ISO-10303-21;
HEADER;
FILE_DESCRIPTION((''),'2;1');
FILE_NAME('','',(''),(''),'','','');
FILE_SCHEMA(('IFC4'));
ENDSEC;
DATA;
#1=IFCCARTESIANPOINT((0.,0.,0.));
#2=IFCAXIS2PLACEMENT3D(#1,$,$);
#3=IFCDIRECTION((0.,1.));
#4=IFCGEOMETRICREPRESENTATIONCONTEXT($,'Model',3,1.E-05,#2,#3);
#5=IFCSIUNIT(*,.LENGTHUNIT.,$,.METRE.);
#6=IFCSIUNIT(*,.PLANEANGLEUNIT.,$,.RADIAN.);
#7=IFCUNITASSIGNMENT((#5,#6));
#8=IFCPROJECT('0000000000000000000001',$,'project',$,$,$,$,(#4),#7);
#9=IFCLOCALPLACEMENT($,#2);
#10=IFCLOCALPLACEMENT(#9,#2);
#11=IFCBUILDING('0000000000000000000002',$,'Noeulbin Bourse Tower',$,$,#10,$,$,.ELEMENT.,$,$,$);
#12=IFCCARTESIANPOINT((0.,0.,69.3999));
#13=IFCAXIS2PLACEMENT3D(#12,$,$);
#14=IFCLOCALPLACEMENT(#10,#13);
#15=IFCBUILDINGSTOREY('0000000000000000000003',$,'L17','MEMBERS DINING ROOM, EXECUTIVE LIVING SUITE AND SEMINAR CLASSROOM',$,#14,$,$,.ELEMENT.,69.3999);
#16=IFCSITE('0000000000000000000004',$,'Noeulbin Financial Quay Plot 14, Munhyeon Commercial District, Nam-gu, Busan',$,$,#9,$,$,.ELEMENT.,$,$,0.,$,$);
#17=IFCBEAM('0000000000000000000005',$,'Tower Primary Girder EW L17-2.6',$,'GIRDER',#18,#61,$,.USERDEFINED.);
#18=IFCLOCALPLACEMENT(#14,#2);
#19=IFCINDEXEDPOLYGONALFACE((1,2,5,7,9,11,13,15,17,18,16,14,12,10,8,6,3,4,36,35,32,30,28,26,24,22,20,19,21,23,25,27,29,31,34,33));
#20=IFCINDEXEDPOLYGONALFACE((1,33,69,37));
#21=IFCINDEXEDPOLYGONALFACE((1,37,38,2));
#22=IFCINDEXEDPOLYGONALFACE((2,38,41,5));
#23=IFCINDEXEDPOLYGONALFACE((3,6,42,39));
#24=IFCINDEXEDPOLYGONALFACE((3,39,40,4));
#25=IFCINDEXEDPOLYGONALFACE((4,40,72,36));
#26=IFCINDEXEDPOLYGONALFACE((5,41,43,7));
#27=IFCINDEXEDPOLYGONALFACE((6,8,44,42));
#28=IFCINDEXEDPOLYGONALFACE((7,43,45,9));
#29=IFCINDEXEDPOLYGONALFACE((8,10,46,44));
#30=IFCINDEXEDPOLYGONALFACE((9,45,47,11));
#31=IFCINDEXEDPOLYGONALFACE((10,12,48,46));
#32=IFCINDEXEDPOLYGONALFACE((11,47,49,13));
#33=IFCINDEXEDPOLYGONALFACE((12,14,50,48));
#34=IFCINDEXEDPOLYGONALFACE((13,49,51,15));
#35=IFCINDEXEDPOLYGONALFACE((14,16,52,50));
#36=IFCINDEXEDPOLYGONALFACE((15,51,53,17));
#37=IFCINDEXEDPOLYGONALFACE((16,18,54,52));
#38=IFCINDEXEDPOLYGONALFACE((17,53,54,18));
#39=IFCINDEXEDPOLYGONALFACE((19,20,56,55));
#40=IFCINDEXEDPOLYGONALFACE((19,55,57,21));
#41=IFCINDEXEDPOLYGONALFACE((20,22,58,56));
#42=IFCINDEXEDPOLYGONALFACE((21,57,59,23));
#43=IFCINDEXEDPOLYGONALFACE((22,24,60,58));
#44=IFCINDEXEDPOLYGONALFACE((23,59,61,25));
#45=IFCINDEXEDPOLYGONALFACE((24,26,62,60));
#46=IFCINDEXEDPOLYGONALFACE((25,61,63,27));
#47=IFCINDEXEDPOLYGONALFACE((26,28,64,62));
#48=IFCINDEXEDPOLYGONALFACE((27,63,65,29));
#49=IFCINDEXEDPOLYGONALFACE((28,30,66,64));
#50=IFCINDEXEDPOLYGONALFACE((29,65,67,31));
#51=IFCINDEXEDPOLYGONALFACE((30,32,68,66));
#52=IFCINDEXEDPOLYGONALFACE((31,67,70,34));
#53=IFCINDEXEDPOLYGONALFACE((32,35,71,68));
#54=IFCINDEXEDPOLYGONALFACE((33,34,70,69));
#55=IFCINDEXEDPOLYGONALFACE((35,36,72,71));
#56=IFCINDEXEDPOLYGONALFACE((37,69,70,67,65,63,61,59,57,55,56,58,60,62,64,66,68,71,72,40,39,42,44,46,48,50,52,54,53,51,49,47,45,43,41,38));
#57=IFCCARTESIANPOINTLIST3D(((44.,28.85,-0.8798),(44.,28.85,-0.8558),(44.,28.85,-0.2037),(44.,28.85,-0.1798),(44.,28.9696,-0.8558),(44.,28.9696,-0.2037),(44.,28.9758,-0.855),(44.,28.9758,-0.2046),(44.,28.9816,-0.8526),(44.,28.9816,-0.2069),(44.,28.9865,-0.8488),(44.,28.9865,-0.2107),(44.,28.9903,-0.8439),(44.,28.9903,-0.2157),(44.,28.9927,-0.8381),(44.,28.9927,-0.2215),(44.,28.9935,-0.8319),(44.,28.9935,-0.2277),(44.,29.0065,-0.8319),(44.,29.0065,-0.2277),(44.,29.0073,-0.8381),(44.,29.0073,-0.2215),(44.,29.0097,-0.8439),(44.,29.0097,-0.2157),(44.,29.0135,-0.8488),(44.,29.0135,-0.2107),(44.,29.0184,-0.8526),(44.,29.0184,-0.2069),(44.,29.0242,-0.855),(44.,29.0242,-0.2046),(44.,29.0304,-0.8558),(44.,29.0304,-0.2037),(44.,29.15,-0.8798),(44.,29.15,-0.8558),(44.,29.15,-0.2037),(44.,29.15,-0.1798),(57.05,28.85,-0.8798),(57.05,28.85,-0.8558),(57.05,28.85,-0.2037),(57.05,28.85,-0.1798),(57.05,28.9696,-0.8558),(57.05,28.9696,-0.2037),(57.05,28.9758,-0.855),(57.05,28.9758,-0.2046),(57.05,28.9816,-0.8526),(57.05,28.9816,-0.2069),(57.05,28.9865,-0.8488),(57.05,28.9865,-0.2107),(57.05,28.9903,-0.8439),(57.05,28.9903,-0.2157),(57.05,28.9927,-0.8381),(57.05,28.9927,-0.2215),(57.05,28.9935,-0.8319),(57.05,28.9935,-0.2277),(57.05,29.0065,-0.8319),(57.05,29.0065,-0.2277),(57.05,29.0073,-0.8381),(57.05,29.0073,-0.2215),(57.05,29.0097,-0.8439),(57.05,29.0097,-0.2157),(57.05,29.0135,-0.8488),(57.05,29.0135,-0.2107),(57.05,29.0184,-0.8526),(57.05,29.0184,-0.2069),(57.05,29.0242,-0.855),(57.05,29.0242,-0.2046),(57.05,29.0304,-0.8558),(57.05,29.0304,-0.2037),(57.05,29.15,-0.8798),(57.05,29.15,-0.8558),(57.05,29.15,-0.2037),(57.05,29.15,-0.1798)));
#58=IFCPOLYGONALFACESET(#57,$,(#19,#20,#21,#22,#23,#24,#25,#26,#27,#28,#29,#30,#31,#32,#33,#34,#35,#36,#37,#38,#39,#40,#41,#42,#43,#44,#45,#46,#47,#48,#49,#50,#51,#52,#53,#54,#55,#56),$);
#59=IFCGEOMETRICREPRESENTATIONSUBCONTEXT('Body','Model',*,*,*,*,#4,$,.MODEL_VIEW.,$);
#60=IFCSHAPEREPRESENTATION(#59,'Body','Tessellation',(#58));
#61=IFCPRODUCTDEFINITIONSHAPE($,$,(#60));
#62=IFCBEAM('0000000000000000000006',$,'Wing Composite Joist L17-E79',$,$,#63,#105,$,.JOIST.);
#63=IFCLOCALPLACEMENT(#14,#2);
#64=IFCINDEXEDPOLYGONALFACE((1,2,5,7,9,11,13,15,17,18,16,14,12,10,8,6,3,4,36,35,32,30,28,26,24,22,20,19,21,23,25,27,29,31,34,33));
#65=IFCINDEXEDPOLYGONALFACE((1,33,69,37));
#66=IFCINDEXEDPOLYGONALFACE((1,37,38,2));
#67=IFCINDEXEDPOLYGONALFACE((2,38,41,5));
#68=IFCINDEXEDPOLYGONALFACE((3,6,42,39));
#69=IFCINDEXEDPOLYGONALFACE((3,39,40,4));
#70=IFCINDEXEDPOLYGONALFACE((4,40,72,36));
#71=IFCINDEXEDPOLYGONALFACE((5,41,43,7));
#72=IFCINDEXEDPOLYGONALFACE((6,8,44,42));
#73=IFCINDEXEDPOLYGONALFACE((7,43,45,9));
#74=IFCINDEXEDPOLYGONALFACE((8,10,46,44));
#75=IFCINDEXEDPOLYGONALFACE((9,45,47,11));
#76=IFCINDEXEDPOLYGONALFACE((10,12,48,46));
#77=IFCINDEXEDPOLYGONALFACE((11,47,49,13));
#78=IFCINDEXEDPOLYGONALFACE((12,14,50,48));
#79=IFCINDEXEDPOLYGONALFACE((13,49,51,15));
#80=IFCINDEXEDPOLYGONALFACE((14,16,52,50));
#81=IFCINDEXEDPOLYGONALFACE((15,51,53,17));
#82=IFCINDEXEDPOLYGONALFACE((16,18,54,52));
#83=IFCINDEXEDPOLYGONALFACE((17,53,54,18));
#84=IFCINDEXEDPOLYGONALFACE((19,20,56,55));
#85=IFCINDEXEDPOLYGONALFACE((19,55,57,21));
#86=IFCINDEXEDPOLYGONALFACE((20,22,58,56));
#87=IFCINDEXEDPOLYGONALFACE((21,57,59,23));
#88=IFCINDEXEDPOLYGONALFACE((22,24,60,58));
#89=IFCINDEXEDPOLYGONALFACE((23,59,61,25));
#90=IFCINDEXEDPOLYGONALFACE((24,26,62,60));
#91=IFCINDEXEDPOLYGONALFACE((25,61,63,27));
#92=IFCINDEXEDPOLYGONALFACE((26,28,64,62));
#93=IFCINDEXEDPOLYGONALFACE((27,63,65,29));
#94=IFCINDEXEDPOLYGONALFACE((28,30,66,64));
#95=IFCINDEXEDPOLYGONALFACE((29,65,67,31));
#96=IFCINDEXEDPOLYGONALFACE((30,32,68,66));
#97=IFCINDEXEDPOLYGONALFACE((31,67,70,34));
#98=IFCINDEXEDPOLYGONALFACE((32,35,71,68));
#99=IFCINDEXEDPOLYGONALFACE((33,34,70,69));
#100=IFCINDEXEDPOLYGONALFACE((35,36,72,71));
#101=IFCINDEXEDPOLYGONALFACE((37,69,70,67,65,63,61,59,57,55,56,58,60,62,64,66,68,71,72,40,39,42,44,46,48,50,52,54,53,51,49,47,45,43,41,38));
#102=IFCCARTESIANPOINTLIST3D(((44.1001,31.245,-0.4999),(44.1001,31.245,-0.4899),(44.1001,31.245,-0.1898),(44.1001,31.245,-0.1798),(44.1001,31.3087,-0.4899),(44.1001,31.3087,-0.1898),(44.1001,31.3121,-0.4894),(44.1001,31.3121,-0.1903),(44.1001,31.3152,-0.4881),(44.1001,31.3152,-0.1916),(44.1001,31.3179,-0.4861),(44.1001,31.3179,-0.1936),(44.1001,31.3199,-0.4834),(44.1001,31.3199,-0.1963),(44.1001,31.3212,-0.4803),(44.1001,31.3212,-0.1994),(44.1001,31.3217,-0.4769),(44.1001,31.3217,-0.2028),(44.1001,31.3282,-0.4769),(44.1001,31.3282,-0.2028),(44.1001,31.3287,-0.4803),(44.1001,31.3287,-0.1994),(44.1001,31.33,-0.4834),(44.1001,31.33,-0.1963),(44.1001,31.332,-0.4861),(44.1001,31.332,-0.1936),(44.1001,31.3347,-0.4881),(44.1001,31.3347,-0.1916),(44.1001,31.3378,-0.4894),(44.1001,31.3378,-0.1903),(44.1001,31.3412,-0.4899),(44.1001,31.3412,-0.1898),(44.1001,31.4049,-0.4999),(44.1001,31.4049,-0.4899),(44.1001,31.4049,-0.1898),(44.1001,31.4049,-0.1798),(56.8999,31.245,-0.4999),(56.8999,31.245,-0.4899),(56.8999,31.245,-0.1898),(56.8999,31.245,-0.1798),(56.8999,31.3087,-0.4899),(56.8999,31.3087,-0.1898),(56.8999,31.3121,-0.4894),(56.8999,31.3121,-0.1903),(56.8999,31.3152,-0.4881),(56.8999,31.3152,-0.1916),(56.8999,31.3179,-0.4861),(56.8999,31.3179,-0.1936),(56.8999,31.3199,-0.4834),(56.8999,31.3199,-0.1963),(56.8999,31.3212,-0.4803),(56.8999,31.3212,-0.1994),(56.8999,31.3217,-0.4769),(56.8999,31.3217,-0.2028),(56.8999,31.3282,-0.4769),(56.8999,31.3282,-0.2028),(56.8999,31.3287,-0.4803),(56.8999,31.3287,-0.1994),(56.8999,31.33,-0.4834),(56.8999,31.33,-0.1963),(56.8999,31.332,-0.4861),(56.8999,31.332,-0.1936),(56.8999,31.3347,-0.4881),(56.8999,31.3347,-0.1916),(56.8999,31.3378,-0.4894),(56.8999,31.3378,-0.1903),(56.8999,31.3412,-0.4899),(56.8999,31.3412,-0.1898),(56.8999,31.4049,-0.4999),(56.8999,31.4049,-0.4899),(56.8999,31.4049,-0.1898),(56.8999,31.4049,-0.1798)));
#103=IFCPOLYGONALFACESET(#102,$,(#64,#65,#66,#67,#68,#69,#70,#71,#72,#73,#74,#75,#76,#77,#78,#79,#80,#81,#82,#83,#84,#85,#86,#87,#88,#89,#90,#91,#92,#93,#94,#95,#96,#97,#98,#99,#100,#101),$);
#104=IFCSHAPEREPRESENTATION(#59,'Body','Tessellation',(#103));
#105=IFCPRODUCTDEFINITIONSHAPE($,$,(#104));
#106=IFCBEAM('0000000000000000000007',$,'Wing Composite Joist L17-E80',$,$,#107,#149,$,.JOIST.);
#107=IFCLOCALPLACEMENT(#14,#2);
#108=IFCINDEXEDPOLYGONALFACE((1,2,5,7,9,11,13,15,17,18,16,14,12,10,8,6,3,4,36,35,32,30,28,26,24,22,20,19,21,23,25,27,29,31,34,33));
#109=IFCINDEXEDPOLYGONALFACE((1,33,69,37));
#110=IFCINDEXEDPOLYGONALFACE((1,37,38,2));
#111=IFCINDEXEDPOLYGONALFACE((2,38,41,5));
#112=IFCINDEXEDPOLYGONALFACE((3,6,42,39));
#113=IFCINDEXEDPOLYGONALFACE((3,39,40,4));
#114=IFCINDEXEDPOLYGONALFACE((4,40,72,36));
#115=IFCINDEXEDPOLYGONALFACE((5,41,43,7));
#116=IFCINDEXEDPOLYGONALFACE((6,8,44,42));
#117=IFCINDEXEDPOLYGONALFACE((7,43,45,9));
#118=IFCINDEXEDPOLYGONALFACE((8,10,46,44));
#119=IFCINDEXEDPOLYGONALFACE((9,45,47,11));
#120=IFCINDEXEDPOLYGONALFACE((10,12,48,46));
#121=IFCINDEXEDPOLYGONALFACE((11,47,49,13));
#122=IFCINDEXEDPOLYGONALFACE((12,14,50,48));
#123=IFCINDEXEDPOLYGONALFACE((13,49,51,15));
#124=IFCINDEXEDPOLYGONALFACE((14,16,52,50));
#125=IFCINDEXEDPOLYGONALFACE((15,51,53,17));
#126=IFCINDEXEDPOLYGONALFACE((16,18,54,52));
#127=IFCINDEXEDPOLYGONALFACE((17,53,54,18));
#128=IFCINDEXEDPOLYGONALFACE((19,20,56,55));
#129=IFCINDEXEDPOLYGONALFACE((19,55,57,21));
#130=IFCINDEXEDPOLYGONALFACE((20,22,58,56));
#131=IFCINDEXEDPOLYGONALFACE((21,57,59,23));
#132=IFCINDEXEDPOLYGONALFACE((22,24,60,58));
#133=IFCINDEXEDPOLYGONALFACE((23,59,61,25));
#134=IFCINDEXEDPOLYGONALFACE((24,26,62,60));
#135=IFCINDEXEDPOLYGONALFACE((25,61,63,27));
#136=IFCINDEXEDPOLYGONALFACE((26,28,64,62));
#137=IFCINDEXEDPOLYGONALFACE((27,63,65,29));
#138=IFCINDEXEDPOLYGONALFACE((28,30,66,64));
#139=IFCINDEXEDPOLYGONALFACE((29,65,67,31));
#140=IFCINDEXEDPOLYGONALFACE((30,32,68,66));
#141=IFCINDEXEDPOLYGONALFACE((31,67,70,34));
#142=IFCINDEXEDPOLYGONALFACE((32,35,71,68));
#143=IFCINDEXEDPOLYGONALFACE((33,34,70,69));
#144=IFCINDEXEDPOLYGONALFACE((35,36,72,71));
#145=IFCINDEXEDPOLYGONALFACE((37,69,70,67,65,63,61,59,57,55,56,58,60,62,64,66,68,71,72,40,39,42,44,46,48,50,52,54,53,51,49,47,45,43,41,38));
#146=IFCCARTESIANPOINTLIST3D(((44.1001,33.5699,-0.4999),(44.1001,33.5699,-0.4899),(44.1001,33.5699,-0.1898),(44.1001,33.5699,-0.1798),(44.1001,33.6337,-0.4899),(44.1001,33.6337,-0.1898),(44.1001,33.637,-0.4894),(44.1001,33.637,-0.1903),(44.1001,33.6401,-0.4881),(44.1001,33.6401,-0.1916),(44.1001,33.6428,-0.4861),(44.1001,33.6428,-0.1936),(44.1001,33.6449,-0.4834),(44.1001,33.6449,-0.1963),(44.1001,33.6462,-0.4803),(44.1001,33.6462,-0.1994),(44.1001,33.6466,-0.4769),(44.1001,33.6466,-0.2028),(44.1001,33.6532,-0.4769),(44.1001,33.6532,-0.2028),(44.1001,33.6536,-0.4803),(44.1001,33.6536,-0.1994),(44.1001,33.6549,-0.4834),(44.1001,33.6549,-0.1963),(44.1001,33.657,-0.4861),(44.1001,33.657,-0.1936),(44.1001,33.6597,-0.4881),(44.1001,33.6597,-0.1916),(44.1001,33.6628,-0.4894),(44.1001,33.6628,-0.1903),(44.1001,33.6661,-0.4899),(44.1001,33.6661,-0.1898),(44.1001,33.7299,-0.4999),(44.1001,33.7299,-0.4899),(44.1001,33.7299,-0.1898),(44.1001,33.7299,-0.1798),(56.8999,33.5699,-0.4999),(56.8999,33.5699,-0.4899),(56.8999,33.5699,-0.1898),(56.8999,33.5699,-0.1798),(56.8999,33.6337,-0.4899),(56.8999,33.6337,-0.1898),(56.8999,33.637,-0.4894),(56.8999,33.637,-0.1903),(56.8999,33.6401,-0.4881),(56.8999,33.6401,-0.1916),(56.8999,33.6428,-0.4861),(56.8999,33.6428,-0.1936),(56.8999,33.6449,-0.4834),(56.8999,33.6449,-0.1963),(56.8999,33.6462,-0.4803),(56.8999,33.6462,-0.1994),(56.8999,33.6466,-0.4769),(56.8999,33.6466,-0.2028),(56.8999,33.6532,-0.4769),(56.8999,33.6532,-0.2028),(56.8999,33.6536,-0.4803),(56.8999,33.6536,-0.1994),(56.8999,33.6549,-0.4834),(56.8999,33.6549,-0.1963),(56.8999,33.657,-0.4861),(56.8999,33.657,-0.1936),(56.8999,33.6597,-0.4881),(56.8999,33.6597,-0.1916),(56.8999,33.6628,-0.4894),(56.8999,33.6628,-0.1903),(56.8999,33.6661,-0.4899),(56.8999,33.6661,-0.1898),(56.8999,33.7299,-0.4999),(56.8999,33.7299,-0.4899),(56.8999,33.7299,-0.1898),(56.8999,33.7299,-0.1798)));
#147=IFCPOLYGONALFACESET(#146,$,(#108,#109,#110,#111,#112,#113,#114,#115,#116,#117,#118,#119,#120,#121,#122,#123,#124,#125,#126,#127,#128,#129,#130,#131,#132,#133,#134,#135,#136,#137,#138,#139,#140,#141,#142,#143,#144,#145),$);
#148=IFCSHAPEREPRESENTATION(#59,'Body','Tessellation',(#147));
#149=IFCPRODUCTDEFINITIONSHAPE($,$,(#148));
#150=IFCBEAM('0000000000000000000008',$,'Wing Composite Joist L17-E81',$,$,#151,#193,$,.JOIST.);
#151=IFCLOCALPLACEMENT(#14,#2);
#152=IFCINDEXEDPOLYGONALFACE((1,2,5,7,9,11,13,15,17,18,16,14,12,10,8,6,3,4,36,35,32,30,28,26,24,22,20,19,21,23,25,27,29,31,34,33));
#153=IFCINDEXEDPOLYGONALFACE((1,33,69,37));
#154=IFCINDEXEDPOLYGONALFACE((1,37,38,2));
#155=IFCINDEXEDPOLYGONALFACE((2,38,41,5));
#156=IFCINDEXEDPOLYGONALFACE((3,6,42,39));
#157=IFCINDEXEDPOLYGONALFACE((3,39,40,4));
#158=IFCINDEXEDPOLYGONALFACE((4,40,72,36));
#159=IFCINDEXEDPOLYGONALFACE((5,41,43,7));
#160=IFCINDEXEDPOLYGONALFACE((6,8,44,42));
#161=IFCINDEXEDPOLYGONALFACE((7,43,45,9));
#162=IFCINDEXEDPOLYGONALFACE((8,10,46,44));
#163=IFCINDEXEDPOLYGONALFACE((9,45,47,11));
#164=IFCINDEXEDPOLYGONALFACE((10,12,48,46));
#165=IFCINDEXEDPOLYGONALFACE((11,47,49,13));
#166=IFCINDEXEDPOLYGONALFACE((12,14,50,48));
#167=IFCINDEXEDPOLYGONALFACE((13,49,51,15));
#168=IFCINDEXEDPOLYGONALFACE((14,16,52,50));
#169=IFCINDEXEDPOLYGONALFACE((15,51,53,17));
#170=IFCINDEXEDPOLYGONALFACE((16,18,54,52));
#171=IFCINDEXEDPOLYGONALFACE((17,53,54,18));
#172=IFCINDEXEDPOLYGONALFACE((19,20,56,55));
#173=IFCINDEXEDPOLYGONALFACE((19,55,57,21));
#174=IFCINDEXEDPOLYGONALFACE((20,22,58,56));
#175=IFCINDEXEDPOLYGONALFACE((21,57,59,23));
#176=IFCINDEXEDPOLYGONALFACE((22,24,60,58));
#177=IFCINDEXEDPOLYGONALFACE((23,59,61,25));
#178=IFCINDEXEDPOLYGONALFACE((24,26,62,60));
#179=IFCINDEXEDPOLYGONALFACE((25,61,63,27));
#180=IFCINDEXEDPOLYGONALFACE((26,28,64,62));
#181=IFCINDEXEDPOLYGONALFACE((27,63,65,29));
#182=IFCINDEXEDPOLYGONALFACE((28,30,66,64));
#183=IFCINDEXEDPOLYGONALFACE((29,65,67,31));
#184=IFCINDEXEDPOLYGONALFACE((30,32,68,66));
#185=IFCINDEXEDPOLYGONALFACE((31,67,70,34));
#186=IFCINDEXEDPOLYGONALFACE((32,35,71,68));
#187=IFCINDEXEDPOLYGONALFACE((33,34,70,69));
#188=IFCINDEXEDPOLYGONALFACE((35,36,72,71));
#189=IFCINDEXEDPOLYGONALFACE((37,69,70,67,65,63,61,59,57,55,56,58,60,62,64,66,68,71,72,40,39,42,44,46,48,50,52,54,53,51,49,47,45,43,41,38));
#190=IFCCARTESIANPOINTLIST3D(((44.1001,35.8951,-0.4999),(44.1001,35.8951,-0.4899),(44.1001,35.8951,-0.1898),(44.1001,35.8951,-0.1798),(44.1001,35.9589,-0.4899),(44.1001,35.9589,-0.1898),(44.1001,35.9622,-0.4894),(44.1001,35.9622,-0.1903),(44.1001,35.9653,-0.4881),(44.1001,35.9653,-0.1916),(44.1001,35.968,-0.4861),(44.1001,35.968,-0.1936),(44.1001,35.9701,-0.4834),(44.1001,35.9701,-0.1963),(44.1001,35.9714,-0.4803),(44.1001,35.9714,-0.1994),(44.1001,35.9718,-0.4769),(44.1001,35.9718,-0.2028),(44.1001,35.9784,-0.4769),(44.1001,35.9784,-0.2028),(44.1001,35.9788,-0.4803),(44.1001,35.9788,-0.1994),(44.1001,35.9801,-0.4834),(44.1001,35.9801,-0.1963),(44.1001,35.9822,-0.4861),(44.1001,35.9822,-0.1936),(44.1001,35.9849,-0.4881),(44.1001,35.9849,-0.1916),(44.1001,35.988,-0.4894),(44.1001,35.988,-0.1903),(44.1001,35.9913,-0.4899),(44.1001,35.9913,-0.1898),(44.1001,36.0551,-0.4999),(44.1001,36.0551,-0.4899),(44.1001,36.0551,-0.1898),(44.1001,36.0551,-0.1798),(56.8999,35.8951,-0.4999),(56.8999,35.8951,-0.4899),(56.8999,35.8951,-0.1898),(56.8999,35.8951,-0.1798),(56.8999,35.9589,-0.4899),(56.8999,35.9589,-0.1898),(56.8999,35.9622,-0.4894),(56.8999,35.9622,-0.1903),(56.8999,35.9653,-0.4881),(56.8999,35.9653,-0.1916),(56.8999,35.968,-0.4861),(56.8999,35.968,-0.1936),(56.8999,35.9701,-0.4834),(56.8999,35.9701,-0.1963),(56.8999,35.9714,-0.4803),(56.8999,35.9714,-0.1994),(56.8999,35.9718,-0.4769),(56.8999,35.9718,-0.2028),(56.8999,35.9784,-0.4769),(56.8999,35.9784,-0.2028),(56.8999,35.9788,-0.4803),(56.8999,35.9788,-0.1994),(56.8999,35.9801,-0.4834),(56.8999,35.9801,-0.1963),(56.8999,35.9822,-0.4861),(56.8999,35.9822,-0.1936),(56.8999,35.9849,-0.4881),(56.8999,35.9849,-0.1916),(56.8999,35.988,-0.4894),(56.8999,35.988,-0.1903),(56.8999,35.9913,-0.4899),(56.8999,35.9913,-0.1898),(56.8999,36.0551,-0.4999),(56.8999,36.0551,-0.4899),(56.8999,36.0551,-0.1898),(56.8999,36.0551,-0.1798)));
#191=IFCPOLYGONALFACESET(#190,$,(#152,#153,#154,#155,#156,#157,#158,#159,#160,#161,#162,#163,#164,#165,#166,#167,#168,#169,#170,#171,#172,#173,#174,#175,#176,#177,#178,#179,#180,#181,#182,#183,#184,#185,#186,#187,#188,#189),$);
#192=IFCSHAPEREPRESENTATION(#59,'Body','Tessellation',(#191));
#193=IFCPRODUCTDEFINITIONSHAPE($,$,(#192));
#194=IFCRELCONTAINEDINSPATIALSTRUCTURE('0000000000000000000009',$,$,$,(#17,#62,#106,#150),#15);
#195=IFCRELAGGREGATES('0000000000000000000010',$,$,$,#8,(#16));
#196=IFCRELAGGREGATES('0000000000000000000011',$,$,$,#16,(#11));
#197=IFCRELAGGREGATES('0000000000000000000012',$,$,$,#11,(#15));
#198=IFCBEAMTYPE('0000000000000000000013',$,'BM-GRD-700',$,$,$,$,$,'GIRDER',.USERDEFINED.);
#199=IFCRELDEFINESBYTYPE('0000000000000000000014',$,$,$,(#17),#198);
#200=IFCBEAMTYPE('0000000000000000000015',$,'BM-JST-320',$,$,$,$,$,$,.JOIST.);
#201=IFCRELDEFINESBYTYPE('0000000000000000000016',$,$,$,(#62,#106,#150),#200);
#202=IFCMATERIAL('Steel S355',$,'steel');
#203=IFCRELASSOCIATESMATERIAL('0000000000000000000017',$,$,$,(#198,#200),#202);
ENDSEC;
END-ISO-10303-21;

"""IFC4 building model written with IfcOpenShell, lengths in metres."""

from ifc_helpers import new_model, si_unit, direction, frame, origin, origin_2d, place, context, subcontext, project, spatial, i_section, extrude, material, material_profile, profile_set, type_object, element, save


model = new_model("IFC4")

# Units and contexts
model_context = context("Model", 3, precision=1e-05, world=origin(), true_north=direction((0.0, 1.0)))
body_context = subcontext(model_context, "Body", "Model", "MODEL_VIEW")
ifc_project = project(units=[si_unit("LENGTHUNIT", "METRE"), si_unit("PLANEANGLEUNIT", "RADIAN")], contexts=[model_context])

# Site, building, storey
site_placement = place(None, origin())
site = spatial("IfcSite", under=ifc_project, at=site_placement, Name="Noeulbin Financial Quay Plot 14, Munhyeon Commercial District, Nam-gu, Busan", CompositionType="ELEMENT", RefElevation=0.0)
building_placement = place(site_placement, origin())
building = spatial("IfcBuilding", under=site, at=building_placement, Name="Noeulbin Bourse Tower", CompositionType="ELEMENT")
storey_placement = place(building_placement, frame((0.0, 0.0, 69.3999)))
storey = spatial("IfcBuildingStorey", under=building, at=storey_placement, Name="L17", Description="MEMBERS DINING ROOM, EXECUTIVE LIVING SUITE AND SEMINAR CLASSROOM", CompositionType="ELEMENT", Elevation=69.3999)

# Beams
ifc_material_1 = material(Name="Steel S355", Category="steel")
ifc_material_profile_1 = material_profile(ifc_material_1, i_section(OverallWidth=0.3, OverallDepth=0.7, WebThickness=0.0129, FlangeThickness=0.0239, FilletRadius=0.0239, at=origin_2d()), Name="H-700x300x13x24", Category="LoadBearing")
ifc_profile_set_1 = profile_set([ifc_material_profile_1], Name="Steel S355")
beam_type_1 = type_object("IfcBeamType", Name="BM-GRD-700", ElementType="GIRDER", PredefinedType="USERDEFINED", material=ifc_profile_set_1)
beam_1_placement = place(storey_placement, frame((44.0, 29.0, -0.5298), z_axis=(1.0, 0.0, 0.0), x_axis=(0.0, 1.0, 0.0)))
element("IfcBeam", 1, at=beam_1_placement, inside=storey, type_object=beam_type_1, Name="Tower Primary Girder EW L17-2.6", ObjectType="GIRDER", PredefinedType="USERDEFINED", context=body_context, shape_type="SweptSolid", body=[
    extrude(i_section(OverallWidth=0.3, OverallDepth=0.7, WebThickness=0.0129, FlangeThickness=0.0239, FilletRadius=0.0239, at=origin_2d()), origin(), (0.0, 0.0, 1.0), 13.05),
])
ifc_material_profile_2 = material_profile(ifc_material_1, i_section(OverallWidth=0.1599, OverallDepth=0.3201, WebThickness=0.0066, FlangeThickness=0.01, FilletRadius=0.0129, at=origin_2d()), Name="H-320x160x6.5x10", Category="LoadBearing")
ifc_profile_set_2 = profile_set([ifc_material_profile_2], Name="Steel S355")
beam_type_2 = type_object("IfcBeamType", Name="BM-JST-320", PredefinedType="JOIST", material=ifc_profile_set_2)
for number, where, z_axis, x_axis, name in (
    (2, (44.1001, 31.325, -0.3398), (1.0, 0.0, 0.0), (0.0, 1.0, 0.0), "Wing Composite Joist L17-E79"),
    (3, (44.1001, 33.6499, -0.3398), (1.0, 0.0, 0.0), (0.0, 1.0, 0.0), "Wing Composite Joist L17-E80"),
    (4, (44.1001, 35.9751, -0.3398), (1.0, 0.0, 0.0), (0.0, 1.0, 0.0), "Wing Composite Joist L17-E81"),
):
    element("IfcBeam", number, at=place(storey_placement, frame(where, z_axis=z_axis, x_axis=x_axis)), inside=storey, type_object=beam_type_2, Name=name, PredefinedType="JOIST", context=body_context, shape_type="SweptSolid", body=[
        extrude(i_section(OverallWidth=0.1599, OverallDepth=0.3201, WebThickness=0.0066, FlangeThickness=0.01, FilletRadius=0.0129, at=origin_2d()), origin(), (0.0, 0.0, 1.0), 12.7998),
    ])

save(model, "model.ifc")
